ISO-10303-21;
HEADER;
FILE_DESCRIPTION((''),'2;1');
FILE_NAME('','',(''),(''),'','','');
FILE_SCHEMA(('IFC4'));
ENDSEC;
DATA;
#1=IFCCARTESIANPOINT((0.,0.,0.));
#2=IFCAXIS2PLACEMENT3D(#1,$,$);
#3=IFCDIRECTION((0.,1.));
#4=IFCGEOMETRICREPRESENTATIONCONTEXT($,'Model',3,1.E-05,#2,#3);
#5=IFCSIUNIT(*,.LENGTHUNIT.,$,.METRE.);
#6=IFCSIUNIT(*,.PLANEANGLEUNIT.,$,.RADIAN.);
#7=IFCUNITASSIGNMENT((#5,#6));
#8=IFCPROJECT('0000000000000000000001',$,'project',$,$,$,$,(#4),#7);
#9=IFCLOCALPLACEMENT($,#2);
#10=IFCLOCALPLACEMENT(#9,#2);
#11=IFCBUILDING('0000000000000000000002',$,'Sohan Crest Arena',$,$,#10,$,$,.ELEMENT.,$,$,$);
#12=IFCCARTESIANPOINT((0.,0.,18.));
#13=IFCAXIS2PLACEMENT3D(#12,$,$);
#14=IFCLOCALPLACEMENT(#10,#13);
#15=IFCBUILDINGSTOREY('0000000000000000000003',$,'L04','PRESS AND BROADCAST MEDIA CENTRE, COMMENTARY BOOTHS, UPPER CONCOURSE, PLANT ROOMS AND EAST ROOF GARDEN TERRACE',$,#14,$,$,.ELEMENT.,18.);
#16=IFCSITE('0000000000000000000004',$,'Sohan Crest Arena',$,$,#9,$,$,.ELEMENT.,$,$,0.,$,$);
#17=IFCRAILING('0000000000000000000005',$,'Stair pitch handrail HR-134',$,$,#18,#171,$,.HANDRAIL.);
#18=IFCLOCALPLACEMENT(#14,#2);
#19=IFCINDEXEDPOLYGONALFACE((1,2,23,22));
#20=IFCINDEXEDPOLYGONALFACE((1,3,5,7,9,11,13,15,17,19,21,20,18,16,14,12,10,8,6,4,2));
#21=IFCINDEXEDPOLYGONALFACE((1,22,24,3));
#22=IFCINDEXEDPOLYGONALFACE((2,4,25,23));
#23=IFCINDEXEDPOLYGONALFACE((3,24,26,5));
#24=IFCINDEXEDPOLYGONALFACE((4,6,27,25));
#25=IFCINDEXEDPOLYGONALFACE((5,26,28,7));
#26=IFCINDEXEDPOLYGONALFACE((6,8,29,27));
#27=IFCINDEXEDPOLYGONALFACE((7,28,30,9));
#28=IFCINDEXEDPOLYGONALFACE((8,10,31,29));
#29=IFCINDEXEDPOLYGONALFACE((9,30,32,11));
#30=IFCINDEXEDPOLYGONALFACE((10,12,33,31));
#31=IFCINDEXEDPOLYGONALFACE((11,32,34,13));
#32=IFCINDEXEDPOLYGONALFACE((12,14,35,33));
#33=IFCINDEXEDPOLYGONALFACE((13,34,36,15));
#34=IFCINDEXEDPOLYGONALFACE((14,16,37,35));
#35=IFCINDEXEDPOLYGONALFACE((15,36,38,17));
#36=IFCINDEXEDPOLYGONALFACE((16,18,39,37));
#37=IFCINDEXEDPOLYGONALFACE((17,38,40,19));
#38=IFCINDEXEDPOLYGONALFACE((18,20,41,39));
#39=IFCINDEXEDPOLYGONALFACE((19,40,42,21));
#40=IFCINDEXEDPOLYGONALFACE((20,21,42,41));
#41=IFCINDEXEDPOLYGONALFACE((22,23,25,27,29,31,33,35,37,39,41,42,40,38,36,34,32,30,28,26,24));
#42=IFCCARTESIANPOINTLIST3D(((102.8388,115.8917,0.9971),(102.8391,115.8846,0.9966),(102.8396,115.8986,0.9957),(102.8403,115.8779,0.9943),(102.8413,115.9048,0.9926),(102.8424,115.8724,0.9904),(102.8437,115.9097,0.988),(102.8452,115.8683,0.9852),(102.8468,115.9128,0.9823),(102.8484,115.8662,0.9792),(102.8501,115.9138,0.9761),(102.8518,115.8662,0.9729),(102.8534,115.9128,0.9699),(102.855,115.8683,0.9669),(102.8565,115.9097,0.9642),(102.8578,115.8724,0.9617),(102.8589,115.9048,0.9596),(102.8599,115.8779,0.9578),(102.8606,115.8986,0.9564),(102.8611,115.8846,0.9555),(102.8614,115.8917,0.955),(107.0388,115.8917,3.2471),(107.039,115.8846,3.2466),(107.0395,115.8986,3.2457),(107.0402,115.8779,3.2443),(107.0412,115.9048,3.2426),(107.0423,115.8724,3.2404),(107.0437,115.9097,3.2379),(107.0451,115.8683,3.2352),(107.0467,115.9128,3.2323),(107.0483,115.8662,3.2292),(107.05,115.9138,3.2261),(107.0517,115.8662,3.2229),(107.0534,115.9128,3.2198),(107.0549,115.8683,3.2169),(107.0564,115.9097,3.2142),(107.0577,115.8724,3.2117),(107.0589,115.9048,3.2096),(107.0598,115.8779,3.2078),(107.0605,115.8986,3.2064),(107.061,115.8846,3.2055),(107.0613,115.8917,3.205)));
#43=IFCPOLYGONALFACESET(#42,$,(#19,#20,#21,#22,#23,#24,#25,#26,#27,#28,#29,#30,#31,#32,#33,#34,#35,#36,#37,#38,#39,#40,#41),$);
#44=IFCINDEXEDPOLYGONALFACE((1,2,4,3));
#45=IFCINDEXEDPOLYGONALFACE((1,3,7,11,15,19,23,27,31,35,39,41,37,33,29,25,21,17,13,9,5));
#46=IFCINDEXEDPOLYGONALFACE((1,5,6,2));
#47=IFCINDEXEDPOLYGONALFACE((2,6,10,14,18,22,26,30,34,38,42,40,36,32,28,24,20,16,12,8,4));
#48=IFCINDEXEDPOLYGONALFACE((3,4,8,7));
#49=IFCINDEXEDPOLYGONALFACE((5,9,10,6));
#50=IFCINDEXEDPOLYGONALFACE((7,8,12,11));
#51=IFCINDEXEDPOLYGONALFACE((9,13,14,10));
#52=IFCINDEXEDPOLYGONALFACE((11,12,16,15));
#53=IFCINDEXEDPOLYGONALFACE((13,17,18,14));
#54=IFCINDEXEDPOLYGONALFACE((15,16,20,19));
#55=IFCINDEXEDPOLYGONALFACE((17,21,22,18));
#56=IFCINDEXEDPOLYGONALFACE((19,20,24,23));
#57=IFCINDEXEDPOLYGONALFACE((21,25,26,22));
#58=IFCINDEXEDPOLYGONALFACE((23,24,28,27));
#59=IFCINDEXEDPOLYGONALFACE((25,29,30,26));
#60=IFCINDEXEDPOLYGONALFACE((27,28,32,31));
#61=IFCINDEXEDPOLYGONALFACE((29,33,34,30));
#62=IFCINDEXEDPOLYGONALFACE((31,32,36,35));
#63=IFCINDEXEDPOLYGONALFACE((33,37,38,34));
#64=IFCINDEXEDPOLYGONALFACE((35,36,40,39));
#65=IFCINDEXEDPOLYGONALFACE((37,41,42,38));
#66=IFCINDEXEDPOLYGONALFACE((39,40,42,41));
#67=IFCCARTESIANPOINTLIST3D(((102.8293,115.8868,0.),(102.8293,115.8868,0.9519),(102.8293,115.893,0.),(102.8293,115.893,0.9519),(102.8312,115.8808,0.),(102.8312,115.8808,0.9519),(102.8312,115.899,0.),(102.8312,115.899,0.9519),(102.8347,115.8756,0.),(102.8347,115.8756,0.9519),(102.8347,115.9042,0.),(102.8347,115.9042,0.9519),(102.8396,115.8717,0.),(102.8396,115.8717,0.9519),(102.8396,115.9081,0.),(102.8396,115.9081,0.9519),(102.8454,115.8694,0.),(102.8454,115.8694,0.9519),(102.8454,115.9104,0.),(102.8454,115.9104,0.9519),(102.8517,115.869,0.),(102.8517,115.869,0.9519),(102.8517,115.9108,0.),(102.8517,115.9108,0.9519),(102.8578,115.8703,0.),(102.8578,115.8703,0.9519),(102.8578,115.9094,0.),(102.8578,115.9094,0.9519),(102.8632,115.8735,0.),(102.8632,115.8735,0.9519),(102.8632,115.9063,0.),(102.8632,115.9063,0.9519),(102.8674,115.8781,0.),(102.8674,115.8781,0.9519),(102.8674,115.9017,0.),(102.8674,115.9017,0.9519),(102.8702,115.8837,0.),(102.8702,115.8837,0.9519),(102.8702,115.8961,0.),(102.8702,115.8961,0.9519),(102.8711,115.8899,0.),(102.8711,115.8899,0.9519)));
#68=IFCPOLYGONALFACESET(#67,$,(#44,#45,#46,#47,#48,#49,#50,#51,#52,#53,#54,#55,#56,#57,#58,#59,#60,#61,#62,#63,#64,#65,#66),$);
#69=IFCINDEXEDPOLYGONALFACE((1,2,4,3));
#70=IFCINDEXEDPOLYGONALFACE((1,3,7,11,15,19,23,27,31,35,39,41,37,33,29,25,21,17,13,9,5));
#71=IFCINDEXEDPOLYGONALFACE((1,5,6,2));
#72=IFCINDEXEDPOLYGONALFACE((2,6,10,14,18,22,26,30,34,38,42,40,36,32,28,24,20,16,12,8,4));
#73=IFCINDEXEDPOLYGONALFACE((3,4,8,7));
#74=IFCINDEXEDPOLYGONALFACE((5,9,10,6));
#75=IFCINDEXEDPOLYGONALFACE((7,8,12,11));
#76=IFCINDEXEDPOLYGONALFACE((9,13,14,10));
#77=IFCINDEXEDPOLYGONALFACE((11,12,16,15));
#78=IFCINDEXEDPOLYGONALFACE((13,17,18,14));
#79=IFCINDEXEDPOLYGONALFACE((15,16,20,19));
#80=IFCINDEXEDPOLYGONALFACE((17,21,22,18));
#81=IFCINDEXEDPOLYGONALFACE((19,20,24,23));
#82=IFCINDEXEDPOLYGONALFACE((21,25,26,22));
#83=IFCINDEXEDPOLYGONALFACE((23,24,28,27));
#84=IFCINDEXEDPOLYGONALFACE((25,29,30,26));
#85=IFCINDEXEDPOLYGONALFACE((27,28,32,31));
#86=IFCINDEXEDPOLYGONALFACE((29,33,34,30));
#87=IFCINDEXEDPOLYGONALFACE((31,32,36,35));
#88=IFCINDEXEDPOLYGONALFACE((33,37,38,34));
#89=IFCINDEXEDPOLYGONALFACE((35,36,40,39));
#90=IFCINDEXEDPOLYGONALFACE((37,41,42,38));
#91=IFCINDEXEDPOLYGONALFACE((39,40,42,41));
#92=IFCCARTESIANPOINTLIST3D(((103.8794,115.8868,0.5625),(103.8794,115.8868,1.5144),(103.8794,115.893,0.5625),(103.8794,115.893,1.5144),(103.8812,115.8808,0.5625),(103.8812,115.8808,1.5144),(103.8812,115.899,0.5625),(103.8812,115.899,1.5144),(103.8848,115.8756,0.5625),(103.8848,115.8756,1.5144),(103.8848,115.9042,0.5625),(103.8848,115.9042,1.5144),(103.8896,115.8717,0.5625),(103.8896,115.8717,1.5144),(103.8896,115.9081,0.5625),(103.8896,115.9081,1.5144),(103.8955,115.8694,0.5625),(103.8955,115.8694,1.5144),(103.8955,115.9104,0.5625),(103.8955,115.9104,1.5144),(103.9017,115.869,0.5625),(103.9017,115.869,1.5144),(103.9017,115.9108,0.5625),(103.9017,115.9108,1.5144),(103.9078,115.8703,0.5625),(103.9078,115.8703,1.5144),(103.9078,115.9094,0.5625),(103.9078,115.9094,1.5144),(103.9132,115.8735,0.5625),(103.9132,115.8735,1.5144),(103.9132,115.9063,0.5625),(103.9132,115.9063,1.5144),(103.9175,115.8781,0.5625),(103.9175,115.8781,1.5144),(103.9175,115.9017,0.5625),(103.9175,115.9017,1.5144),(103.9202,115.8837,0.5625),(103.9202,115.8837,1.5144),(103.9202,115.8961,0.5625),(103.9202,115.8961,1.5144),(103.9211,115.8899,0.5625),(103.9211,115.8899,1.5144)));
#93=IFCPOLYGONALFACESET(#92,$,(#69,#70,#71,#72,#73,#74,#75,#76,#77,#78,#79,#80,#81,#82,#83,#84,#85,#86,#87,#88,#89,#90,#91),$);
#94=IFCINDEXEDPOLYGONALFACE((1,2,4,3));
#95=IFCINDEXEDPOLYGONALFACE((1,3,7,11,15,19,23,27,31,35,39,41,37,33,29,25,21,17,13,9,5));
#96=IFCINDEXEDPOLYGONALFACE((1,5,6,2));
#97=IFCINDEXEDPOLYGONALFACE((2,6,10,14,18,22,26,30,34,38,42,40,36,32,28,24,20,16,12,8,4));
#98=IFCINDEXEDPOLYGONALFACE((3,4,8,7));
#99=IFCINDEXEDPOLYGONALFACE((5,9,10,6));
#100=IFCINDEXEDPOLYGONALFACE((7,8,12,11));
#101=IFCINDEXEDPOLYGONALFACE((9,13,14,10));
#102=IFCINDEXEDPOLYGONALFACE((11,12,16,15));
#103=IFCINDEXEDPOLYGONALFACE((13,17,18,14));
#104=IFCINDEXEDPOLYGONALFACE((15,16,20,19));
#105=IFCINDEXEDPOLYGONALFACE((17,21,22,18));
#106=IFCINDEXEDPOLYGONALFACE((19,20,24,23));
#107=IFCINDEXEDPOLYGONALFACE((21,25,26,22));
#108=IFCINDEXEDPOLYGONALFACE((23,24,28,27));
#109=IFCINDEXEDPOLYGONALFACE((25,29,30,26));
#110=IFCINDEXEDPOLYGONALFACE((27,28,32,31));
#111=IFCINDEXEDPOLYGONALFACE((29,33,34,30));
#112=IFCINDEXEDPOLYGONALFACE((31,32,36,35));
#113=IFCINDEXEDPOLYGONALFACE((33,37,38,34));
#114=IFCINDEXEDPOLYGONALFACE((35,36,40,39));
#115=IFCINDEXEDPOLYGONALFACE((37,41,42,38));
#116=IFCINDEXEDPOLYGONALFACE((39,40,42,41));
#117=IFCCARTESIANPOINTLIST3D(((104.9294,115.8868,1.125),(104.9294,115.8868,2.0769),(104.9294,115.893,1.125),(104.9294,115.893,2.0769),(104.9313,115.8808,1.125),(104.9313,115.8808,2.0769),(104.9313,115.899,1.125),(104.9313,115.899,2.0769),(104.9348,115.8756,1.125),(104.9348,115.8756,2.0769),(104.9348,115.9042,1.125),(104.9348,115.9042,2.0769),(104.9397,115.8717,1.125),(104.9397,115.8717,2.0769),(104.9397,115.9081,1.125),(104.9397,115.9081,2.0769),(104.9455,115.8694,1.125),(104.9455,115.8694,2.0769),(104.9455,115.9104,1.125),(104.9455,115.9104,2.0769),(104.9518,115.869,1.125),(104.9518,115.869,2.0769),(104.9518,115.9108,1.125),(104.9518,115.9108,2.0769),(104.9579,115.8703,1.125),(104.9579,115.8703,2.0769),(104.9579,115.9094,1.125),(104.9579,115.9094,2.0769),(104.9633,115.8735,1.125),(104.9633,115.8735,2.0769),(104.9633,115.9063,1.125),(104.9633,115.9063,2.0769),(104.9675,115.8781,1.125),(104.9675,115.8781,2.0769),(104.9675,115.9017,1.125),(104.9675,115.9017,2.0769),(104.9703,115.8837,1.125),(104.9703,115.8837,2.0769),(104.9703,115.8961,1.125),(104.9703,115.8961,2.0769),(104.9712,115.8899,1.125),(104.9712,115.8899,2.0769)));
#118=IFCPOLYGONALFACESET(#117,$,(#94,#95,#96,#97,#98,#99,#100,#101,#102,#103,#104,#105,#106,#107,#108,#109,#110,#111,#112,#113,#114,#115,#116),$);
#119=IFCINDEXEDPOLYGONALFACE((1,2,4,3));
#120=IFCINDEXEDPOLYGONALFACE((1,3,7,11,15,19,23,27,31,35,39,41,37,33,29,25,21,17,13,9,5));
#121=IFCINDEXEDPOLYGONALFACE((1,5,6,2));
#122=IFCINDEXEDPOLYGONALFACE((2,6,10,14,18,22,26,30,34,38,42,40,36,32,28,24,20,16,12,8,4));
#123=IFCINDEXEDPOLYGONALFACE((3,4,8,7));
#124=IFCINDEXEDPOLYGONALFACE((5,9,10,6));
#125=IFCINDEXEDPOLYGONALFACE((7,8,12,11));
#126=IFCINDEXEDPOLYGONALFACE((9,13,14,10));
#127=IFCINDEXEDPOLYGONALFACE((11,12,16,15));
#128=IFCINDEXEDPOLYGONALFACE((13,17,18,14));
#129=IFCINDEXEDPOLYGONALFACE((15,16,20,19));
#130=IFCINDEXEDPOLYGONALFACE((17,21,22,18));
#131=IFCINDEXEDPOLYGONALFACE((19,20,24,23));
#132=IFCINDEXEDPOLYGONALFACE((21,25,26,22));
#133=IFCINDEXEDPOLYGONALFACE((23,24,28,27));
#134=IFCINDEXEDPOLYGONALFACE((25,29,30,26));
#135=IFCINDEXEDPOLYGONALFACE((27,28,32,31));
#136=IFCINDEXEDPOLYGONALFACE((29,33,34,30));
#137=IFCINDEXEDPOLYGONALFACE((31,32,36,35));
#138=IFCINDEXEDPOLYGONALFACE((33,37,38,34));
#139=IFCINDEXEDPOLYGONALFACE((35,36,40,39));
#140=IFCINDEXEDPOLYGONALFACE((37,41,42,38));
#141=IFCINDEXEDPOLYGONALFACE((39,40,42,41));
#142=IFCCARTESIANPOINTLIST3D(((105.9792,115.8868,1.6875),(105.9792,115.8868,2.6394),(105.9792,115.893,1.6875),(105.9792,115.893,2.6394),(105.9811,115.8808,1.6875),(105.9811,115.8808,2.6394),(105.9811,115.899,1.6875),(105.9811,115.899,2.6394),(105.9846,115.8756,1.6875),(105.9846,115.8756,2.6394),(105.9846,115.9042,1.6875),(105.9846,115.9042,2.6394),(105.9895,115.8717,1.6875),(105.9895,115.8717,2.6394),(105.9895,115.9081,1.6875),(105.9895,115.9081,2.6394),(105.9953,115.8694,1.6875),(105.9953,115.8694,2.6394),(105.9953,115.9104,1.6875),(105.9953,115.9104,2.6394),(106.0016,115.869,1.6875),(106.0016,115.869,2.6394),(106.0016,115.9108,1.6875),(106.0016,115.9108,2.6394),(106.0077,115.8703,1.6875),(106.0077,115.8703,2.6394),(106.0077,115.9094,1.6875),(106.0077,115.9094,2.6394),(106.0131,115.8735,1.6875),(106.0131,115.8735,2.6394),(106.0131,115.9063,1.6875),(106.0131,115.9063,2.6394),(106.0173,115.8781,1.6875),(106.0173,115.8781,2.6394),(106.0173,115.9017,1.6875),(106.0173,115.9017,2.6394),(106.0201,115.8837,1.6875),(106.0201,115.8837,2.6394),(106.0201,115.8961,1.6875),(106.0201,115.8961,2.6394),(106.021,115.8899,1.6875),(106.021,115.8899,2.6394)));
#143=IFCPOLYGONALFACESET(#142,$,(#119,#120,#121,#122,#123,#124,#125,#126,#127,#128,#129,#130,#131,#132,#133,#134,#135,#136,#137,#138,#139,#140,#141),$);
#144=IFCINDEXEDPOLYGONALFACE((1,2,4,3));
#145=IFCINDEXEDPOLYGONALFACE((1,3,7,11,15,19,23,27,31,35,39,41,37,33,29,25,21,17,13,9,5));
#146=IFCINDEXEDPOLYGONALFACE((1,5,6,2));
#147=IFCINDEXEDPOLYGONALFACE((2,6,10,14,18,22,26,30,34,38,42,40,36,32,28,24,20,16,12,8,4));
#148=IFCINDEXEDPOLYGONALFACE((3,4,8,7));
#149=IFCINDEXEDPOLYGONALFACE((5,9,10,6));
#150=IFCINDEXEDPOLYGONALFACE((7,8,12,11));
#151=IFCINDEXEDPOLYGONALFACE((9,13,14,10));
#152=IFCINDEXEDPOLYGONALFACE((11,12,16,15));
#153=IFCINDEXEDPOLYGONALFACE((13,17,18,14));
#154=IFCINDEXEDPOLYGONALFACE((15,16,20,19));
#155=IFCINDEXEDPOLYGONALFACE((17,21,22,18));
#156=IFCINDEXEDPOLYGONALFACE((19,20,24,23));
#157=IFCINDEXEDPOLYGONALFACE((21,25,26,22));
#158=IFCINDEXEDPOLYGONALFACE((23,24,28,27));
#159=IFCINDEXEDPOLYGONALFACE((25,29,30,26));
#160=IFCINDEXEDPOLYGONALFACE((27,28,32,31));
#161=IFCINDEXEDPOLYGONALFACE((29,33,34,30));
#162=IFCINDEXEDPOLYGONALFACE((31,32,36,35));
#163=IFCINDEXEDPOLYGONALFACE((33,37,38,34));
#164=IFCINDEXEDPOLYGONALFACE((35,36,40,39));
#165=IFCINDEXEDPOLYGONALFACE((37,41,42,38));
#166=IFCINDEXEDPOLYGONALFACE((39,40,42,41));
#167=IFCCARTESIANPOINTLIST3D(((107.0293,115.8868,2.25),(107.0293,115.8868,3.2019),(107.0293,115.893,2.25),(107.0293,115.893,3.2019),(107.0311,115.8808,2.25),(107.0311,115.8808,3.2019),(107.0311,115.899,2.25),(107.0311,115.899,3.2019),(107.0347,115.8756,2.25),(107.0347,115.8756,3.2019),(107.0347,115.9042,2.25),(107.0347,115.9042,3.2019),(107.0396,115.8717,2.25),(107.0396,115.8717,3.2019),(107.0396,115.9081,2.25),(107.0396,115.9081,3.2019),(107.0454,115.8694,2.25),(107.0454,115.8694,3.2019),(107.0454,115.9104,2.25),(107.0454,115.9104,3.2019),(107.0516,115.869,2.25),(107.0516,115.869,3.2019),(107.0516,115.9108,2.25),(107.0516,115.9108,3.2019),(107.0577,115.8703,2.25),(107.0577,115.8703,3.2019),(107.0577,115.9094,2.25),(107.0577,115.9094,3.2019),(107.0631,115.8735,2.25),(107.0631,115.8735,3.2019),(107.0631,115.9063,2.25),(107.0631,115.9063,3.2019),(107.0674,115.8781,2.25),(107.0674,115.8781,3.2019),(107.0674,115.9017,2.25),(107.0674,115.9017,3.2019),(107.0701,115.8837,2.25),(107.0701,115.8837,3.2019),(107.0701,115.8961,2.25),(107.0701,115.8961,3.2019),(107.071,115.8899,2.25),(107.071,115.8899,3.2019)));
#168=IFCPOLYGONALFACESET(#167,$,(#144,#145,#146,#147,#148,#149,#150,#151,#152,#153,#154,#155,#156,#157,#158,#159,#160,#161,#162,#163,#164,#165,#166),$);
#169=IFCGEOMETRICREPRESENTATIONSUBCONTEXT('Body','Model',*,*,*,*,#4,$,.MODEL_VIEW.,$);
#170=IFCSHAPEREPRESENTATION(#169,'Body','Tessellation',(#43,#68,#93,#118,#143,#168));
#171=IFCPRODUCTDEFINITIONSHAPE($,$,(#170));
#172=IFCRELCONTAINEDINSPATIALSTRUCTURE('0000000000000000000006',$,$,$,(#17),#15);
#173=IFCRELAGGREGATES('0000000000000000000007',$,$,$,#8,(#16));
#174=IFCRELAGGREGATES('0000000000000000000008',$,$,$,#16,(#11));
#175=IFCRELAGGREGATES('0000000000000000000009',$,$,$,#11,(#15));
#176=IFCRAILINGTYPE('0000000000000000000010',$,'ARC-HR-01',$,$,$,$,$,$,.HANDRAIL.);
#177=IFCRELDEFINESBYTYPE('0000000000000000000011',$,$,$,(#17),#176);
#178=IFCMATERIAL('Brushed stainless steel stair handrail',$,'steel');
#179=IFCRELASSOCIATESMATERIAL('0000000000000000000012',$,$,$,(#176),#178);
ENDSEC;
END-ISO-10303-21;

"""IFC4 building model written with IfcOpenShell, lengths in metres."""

from ifc_helpers import new_model, si_unit, direction, frame, origin, origin_2d, place, context, subcontext, project, spatial, circle, extrude, material, type_object, element, save


model = new_model("IFC4")

# Units and contexts
model_context = context("Model", 3, precision=1e-05, world=origin(), true_north=direction((0.0, 1.0)))
body_context = subcontext(model_context, "Body", "Model", "MODEL_VIEW")
ifc_project = project(units=[si_unit("LENGTHUNIT", "METRE"), si_unit("PLANEANGLEUNIT", "RADIAN")], contexts=[model_context])

# Site, building, storey
site_placement = place(None, origin())
site = spatial("IfcSite", under=ifc_project, at=site_placement, Name="Sohan Crest Arena", CompositionType="ELEMENT", RefElevation=0.0)
building_placement = place(site_placement, origin())
building = spatial("IfcBuilding", under=site, at=building_placement, Name="Sohan Crest Arena", CompositionType="ELEMENT")
storey_placement = place(building_placement, frame((0.0, 0.0, 18.0)))
storey = spatial("IfcBuildingStorey", under=building, at=storey_placement, Name="L04", Description="PRESS AND BROADCAST MEDIA CENTRE, COMMENTARY BOOTHS, UPPER CONCOURSE, PLANT ROOMS AND EAST ROOF GARDEN TERRACE", CompositionType="ELEMENT", Elevation=18.0)

# Railing
ifc_material_1 = material(Name="Brushed stainless steel stair handrail", Category="steel")
railing_type_1 = type_object("IfcRailingType", Name="ARC-HR-01", PredefinedType="HANDRAIL", material=ifc_material_1)
for number, where, name in (
    (1, (102.8501, 115.8899, 0.0), "Stair pitch handrail HR-134"),
):
    element("IfcRailing", number, at=place(storey_placement, frame(where)), inside=storey, type_object=railing_type_1, Name=name, PredefinedType="HANDRAIL", context=body_context, shape_type="SweptSolid", body=[
        extrude(circle(Radius=0.0239, at=origin_2d()), frame((0.0, 0.0, 0.9761), z_axis=(0.881478, 0.0, 0.472226), x_axis=(0.0, 1.0, 0.0)), (0.0, 0.0, 1.0), 4.7646),
        extrude(circle(Radius=0.021, at=origin_2d()), origin(), (0.0, 0.0, 1.0), 0.9519),
        extrude(circle(Radius=0.021, at=origin_2d()), frame((1.05, 0.0, 0.5625)), (0.0, 0.0, 1.0), 0.9519),
        extrude(circle(Radius=0.021, at=origin_2d()), frame((2.1001, 0.0, 1.125)), (0.0, 0.0, 1.0), 0.9519),
        extrude(circle(Radius=0.021, at=origin_2d()), frame((3.1499, 0.0, 1.6875)), (0.0, 0.0, 1.0), 0.9519),
        extrude(circle(Radius=0.021, at=origin_2d()), frame((4.2, 0.0, 2.25)), (0.0, 0.0, 1.0), 0.9519),
    ])

save(model, "model.ifc")
